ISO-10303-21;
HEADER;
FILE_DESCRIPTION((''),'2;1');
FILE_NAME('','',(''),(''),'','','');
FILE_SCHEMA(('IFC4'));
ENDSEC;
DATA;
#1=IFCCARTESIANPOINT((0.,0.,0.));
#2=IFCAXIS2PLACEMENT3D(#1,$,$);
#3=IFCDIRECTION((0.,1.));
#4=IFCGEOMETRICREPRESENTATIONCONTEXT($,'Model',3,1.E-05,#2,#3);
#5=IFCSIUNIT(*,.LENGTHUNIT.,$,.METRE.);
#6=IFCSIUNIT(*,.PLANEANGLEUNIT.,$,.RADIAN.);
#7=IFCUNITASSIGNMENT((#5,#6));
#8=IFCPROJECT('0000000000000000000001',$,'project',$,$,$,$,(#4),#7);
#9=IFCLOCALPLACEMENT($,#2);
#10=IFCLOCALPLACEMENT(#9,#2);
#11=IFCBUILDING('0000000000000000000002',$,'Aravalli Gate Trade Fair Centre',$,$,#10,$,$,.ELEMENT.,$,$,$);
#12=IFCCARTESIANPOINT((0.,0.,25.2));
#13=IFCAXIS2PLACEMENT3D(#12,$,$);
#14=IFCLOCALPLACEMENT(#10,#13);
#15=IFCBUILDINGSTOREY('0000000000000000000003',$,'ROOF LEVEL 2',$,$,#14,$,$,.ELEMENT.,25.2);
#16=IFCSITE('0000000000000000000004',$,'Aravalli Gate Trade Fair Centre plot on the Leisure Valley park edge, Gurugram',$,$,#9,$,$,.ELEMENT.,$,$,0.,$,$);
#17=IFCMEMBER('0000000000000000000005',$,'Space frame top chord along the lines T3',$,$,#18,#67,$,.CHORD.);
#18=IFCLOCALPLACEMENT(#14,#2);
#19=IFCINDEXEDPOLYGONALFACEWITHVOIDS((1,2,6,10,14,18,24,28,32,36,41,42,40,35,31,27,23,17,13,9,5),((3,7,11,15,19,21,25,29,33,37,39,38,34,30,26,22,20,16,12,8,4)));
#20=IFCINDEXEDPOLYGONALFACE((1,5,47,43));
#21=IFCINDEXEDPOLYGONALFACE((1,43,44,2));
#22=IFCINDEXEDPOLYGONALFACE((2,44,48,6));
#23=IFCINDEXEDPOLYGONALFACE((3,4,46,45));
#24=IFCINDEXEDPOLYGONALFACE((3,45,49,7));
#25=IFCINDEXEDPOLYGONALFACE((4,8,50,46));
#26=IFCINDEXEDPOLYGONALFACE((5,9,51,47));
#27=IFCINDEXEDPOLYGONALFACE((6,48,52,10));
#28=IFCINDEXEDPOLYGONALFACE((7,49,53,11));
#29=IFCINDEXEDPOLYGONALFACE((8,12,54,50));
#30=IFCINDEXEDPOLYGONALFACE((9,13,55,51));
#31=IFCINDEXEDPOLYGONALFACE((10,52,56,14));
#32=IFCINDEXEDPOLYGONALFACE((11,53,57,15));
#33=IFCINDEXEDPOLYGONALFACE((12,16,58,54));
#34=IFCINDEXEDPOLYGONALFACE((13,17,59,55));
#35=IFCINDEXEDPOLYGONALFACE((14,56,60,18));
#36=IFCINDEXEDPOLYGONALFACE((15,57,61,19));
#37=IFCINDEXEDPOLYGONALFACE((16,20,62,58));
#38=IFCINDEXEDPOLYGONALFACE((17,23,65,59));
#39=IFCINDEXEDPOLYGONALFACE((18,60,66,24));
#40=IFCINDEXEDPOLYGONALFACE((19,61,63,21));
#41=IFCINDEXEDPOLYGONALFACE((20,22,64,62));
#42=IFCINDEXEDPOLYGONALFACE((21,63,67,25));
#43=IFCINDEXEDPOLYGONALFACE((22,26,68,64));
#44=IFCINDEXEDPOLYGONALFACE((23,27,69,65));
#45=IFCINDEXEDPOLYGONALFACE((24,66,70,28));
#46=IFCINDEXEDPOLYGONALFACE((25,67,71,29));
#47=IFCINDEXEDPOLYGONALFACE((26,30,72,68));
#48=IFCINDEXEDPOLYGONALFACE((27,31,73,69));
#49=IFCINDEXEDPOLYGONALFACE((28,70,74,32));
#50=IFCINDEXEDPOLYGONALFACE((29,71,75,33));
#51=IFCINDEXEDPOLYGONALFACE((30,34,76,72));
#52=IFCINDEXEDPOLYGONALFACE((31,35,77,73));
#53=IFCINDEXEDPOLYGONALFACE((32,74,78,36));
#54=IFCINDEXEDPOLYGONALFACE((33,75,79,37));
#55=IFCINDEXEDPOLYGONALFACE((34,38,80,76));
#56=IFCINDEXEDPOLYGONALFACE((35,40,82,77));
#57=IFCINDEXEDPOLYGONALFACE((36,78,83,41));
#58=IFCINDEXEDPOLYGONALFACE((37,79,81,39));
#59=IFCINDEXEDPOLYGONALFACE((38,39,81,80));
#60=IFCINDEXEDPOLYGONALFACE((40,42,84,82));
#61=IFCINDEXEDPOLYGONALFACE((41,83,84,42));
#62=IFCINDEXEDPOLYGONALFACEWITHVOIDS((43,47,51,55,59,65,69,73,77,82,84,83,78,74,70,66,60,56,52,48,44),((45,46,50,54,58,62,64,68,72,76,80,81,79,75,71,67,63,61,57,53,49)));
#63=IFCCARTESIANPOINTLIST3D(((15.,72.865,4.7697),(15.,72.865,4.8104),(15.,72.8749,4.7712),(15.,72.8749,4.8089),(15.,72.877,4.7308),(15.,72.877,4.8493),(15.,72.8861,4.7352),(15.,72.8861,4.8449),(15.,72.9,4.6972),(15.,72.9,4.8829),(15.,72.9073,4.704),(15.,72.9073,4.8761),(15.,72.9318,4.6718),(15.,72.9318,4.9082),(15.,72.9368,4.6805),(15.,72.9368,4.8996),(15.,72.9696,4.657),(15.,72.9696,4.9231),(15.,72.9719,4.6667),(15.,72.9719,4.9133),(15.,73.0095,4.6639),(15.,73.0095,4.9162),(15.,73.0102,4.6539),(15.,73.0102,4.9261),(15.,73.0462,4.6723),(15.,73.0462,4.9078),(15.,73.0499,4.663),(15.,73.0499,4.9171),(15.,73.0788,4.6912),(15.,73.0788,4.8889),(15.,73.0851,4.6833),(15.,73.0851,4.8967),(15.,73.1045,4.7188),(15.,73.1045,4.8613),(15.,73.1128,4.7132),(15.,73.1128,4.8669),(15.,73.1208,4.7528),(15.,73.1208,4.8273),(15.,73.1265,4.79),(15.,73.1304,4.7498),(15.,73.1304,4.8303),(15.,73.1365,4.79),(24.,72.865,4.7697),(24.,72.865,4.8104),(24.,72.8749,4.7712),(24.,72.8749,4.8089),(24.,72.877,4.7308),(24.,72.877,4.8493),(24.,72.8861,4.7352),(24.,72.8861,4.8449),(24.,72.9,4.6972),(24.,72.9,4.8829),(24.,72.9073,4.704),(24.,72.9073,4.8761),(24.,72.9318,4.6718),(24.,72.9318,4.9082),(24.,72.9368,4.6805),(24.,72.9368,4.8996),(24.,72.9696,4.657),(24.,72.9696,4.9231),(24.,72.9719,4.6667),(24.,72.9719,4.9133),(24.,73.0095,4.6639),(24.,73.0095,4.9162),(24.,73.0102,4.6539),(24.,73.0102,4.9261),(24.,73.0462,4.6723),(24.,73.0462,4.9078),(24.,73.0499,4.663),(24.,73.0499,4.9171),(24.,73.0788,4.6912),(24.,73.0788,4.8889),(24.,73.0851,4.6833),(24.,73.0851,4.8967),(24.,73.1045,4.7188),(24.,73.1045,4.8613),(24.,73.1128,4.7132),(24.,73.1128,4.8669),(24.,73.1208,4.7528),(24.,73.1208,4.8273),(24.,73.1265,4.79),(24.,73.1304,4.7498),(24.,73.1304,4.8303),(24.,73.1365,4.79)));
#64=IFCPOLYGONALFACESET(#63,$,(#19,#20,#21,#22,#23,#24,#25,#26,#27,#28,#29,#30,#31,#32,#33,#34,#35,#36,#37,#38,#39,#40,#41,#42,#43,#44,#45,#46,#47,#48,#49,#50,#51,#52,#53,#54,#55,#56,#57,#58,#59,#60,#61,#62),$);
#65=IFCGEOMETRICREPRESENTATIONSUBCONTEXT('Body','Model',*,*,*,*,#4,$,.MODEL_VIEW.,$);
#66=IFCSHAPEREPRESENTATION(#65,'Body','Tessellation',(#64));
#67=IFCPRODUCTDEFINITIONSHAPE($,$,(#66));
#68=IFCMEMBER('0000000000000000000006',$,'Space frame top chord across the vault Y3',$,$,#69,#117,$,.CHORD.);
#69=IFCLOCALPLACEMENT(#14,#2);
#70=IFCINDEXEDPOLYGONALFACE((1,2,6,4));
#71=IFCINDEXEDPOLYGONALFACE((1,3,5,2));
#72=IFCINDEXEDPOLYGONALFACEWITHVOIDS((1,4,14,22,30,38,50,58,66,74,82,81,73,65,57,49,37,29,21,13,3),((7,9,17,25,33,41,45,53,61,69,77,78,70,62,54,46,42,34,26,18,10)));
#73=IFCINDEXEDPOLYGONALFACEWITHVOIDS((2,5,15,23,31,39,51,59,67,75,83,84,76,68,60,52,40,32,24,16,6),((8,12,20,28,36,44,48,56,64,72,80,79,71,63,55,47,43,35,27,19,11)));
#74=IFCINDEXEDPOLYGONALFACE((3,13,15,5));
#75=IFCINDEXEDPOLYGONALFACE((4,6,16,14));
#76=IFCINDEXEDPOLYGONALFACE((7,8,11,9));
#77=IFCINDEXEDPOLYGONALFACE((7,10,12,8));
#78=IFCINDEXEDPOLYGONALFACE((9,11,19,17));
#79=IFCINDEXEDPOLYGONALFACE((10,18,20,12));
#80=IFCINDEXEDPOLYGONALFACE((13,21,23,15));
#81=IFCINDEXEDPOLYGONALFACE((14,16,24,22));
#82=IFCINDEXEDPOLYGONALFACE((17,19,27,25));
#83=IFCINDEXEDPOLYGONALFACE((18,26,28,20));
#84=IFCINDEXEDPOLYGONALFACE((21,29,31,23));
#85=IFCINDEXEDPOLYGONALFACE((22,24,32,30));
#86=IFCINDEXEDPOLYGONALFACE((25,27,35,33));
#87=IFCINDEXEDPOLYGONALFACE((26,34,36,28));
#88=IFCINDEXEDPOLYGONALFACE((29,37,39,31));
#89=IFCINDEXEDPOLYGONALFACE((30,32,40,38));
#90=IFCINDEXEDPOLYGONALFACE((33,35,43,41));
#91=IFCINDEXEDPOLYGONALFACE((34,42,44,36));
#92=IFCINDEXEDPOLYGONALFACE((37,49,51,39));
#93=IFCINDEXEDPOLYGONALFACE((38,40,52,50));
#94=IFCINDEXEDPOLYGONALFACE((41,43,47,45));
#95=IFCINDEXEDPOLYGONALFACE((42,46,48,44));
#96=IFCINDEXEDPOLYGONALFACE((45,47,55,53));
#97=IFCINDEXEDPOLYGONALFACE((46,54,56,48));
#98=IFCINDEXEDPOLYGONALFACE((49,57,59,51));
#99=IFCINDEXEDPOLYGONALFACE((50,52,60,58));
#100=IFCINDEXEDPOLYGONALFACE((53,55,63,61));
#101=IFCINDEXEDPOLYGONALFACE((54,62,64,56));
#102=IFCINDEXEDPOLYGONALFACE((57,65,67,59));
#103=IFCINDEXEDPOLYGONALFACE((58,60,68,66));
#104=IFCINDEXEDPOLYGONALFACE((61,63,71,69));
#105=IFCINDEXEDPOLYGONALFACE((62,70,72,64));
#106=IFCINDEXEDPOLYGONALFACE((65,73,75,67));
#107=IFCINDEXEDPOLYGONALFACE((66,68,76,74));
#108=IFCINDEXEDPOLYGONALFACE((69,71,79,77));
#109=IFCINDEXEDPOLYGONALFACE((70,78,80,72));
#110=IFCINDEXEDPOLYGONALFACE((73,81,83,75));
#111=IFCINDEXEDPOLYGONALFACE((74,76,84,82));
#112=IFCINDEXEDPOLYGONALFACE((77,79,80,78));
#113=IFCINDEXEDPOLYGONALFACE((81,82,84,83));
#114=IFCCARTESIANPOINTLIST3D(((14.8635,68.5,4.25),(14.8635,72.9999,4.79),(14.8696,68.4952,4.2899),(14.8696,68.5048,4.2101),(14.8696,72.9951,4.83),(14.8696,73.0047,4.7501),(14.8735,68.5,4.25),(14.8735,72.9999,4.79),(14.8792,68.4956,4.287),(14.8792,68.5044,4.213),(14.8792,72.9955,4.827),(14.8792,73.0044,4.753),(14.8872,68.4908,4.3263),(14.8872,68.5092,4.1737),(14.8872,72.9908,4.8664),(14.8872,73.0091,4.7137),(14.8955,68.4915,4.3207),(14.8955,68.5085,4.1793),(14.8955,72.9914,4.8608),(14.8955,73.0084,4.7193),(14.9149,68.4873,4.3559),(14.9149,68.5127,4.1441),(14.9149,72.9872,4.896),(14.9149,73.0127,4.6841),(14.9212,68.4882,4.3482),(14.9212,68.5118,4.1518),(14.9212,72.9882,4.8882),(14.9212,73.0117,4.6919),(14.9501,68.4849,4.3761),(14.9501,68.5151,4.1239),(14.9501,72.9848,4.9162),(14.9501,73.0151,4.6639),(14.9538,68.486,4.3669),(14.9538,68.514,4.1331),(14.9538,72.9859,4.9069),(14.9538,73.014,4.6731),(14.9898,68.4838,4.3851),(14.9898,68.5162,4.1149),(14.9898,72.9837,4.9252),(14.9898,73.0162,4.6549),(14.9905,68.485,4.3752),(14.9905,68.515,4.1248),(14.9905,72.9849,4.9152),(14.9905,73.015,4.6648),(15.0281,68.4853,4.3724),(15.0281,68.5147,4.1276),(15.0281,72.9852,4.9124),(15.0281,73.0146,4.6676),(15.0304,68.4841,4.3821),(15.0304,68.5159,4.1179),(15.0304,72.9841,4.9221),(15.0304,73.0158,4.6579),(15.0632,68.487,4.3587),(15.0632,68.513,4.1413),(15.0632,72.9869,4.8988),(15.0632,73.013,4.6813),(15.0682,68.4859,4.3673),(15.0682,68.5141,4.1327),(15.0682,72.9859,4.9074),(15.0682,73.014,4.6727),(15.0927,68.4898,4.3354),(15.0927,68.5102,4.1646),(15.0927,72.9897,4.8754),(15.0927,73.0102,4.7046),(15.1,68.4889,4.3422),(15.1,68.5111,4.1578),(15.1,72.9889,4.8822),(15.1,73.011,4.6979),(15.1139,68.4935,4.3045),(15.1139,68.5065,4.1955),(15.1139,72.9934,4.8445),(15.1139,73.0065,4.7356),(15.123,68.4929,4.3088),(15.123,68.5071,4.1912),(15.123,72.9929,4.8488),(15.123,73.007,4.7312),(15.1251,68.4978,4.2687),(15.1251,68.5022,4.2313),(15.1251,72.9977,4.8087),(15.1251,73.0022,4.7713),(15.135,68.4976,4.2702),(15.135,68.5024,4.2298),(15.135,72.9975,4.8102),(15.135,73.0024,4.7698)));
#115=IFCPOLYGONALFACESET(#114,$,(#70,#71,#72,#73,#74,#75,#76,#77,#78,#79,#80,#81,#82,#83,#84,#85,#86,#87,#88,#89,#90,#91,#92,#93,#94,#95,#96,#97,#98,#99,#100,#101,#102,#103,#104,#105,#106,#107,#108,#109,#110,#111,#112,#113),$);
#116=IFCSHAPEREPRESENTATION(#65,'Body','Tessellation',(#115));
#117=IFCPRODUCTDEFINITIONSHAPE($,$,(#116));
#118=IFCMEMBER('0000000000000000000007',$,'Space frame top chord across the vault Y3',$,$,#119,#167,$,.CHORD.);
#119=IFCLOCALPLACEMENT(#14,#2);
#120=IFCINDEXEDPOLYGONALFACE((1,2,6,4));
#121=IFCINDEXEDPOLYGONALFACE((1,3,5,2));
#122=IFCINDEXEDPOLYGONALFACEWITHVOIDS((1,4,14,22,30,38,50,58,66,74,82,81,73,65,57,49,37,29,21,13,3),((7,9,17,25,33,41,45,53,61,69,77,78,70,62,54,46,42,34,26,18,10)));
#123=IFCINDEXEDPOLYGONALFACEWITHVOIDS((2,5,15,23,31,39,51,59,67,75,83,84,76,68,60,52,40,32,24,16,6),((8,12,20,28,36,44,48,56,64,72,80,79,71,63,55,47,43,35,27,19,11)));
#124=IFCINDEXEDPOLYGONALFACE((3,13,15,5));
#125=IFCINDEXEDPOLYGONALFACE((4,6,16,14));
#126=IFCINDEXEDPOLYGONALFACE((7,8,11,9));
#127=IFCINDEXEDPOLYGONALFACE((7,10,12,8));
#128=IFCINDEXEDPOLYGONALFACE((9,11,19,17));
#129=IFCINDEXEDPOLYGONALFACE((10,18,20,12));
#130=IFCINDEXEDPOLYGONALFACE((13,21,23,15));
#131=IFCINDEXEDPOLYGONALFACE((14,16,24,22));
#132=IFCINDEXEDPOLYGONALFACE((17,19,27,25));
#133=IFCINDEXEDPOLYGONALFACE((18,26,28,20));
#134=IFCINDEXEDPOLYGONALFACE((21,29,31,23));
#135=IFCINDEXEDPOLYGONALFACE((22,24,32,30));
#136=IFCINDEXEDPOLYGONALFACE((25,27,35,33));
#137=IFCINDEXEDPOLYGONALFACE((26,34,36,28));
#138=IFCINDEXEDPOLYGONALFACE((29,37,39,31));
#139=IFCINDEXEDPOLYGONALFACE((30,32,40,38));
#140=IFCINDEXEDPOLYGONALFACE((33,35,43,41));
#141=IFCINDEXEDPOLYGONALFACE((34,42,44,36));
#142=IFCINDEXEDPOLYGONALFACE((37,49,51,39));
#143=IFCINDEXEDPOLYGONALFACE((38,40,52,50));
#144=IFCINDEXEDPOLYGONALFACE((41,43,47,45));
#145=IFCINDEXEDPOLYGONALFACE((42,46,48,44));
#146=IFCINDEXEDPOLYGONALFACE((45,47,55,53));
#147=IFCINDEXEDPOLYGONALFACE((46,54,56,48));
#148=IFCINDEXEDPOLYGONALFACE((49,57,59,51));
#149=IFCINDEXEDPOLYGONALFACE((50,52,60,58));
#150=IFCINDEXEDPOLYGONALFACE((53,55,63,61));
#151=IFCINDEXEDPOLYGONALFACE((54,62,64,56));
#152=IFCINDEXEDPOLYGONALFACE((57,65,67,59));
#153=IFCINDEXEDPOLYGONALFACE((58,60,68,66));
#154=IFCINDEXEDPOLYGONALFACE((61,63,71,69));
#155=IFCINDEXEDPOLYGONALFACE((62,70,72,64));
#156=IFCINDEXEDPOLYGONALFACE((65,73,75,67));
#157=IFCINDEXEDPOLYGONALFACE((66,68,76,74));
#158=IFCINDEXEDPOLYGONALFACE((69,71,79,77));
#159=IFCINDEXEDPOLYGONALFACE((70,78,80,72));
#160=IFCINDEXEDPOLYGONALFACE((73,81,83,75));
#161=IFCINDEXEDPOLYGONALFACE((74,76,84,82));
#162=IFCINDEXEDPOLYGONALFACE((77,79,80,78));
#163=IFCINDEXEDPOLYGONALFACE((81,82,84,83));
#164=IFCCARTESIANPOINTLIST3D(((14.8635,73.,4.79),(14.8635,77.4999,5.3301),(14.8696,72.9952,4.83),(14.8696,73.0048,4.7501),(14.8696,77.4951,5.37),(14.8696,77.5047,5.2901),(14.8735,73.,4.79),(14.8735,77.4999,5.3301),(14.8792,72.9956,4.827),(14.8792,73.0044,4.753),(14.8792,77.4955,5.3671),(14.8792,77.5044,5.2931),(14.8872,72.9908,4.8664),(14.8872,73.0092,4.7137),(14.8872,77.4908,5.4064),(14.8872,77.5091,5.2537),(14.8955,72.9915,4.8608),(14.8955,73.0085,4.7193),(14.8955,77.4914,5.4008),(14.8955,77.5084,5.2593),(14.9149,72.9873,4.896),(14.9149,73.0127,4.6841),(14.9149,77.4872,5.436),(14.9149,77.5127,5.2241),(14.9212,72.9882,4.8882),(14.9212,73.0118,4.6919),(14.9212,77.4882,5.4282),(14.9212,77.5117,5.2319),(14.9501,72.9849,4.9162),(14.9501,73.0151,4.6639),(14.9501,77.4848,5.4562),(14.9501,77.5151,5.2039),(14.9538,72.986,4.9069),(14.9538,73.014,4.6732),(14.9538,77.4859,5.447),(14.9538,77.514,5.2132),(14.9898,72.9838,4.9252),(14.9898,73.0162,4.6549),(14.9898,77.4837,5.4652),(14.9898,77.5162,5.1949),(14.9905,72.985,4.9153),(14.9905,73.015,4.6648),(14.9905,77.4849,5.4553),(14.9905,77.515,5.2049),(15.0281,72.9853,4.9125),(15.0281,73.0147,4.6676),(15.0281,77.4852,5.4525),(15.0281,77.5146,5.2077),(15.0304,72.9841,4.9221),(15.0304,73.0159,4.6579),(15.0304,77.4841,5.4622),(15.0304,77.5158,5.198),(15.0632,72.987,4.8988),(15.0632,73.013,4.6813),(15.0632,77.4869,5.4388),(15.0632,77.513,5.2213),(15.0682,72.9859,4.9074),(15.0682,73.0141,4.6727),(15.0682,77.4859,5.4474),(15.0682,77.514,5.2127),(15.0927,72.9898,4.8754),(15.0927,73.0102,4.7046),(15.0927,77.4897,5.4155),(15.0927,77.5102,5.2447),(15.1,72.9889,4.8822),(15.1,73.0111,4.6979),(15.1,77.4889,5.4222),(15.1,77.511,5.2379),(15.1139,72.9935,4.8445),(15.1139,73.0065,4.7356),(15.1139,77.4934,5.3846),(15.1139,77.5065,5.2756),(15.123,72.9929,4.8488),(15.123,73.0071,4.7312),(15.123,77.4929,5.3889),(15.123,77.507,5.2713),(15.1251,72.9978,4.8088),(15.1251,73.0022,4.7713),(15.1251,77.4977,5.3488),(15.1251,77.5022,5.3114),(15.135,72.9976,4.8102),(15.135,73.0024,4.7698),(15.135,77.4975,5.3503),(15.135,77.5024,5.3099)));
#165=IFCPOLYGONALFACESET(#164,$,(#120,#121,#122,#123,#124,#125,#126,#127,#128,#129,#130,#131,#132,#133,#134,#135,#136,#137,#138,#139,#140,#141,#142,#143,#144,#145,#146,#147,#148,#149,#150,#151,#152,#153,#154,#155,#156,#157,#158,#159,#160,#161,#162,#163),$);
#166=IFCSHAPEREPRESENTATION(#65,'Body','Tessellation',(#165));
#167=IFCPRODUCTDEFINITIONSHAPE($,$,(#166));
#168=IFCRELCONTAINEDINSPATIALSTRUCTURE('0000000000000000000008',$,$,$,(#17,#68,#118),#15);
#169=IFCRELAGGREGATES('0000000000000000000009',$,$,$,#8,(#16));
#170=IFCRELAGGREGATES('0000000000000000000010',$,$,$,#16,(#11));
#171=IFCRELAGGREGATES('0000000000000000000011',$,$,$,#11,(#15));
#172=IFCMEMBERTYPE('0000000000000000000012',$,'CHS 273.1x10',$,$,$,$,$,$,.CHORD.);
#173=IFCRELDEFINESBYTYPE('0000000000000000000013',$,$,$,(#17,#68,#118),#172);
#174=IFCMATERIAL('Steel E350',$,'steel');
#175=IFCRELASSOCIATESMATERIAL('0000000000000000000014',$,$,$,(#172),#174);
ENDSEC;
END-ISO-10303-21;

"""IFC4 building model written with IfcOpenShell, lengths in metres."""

from ifc_helpers import new_model, si_unit, direction, frame, origin, origin_2d, place, context, subcontext, project, spatial, hollow_circle, extrude, material, material_profile, profile_set, type_object, element, save


model = new_model("IFC4")

# Units and contexts
model_context = context("Model", 3, precision=1e-05, world=origin(), true_north=direction((0.0, 1.0)))
body_context = subcontext(model_context, "Body", "Model", "MODEL_VIEW")
ifc_project = project(units=[si_unit("LENGTHUNIT", "METRE"), si_unit("PLANEANGLEUNIT", "RADIAN")], contexts=[model_context])

# Site, building, storey
site_placement = place(None, origin())
site = spatial("IfcSite", under=ifc_project, at=site_placement, Name="Aravalli Gate Trade Fair Centre plot on the Leisure Valley park edge, Gurugram", CompositionType="ELEMENT", RefElevation=0.0)
building_placement = place(site_placement, origin())
building = spatial("IfcBuilding", under=site, at=building_placement, Name="Aravalli Gate Trade Fair Centre", CompositionType="ELEMENT")
storey_placement = place(building_placement, frame((0.0, 0.0, 25.2)))
storey = spatial("IfcBuildingStorey", under=building, at=storey_placement, Name="ROOF LEVEL 2", CompositionType="ELEMENT", Elevation=25.2)

# Members
ifc_material_1 = material(Name="Steel E350", Category="steel")
ifc_material_profile_1 = material_profile(ifc_material_1, hollow_circle(Radius=0.1365, WallThickness=0.01, at=origin_2d()), Name="CHS 273.1x10")
ifc_profile_set_1 = profile_set([ifc_material_profile_1], Name="Steel E350")
member_type_1 = type_object("IfcMemberType", Name="CHS 273.1x10", PredefinedType="CHORD", material=ifc_profile_set_1)
for number, where, z_axis, x_axis, name in (
    (1, (15.0, 73.0, 4.79), (1.0, 0.0, 0.0), (0.0, 1.0, 0.0), "Space frame top chord along the lines T3"),
):
    element("IfcMember", number, at=place(storey_placement, frame(where, z_axis=z_axis, x_axis=x_axis)), inside=storey, type_object=member_type_1, Name=name, PredefinedType="CHORD", context=body_context, shape_type="SweptSolid", body=[
        extrude(hollow_circle(Radius=0.1365, WallThickness=0.01, at=origin_2d()), origin(), (0.0, 0.0, 1.0), 9.0),
    ])
for number, where, z_axis, x_axis, name in (
    (2, (15.0, 68.5, 4.25), (0.0, 0.992876, 0.119154), (-1.0, 0.0, 0.0), "Space frame top chord across the vault Y3"),
    (3, (15.0, 73.0, 4.79), (0.0, 0.992876, 0.119154), (-1.0, 0.0, 0.0), "Space frame top chord across the vault Y3"),
):
    element("IfcMember", number, at=place(storey_placement, frame(where, z_axis=z_axis, x_axis=x_axis)), inside=storey, type_object=member_type_1, Name=name, PredefinedType="CHORD", context=body_context, shape_type="SweptSolid", body=[
        extrude(hollow_circle(Radius=0.1365, WallThickness=0.01, at=origin_2d()), origin(), (0.0, 0.0, 1.0), 4.5322),
    ])

save(model, "model.ifc")
